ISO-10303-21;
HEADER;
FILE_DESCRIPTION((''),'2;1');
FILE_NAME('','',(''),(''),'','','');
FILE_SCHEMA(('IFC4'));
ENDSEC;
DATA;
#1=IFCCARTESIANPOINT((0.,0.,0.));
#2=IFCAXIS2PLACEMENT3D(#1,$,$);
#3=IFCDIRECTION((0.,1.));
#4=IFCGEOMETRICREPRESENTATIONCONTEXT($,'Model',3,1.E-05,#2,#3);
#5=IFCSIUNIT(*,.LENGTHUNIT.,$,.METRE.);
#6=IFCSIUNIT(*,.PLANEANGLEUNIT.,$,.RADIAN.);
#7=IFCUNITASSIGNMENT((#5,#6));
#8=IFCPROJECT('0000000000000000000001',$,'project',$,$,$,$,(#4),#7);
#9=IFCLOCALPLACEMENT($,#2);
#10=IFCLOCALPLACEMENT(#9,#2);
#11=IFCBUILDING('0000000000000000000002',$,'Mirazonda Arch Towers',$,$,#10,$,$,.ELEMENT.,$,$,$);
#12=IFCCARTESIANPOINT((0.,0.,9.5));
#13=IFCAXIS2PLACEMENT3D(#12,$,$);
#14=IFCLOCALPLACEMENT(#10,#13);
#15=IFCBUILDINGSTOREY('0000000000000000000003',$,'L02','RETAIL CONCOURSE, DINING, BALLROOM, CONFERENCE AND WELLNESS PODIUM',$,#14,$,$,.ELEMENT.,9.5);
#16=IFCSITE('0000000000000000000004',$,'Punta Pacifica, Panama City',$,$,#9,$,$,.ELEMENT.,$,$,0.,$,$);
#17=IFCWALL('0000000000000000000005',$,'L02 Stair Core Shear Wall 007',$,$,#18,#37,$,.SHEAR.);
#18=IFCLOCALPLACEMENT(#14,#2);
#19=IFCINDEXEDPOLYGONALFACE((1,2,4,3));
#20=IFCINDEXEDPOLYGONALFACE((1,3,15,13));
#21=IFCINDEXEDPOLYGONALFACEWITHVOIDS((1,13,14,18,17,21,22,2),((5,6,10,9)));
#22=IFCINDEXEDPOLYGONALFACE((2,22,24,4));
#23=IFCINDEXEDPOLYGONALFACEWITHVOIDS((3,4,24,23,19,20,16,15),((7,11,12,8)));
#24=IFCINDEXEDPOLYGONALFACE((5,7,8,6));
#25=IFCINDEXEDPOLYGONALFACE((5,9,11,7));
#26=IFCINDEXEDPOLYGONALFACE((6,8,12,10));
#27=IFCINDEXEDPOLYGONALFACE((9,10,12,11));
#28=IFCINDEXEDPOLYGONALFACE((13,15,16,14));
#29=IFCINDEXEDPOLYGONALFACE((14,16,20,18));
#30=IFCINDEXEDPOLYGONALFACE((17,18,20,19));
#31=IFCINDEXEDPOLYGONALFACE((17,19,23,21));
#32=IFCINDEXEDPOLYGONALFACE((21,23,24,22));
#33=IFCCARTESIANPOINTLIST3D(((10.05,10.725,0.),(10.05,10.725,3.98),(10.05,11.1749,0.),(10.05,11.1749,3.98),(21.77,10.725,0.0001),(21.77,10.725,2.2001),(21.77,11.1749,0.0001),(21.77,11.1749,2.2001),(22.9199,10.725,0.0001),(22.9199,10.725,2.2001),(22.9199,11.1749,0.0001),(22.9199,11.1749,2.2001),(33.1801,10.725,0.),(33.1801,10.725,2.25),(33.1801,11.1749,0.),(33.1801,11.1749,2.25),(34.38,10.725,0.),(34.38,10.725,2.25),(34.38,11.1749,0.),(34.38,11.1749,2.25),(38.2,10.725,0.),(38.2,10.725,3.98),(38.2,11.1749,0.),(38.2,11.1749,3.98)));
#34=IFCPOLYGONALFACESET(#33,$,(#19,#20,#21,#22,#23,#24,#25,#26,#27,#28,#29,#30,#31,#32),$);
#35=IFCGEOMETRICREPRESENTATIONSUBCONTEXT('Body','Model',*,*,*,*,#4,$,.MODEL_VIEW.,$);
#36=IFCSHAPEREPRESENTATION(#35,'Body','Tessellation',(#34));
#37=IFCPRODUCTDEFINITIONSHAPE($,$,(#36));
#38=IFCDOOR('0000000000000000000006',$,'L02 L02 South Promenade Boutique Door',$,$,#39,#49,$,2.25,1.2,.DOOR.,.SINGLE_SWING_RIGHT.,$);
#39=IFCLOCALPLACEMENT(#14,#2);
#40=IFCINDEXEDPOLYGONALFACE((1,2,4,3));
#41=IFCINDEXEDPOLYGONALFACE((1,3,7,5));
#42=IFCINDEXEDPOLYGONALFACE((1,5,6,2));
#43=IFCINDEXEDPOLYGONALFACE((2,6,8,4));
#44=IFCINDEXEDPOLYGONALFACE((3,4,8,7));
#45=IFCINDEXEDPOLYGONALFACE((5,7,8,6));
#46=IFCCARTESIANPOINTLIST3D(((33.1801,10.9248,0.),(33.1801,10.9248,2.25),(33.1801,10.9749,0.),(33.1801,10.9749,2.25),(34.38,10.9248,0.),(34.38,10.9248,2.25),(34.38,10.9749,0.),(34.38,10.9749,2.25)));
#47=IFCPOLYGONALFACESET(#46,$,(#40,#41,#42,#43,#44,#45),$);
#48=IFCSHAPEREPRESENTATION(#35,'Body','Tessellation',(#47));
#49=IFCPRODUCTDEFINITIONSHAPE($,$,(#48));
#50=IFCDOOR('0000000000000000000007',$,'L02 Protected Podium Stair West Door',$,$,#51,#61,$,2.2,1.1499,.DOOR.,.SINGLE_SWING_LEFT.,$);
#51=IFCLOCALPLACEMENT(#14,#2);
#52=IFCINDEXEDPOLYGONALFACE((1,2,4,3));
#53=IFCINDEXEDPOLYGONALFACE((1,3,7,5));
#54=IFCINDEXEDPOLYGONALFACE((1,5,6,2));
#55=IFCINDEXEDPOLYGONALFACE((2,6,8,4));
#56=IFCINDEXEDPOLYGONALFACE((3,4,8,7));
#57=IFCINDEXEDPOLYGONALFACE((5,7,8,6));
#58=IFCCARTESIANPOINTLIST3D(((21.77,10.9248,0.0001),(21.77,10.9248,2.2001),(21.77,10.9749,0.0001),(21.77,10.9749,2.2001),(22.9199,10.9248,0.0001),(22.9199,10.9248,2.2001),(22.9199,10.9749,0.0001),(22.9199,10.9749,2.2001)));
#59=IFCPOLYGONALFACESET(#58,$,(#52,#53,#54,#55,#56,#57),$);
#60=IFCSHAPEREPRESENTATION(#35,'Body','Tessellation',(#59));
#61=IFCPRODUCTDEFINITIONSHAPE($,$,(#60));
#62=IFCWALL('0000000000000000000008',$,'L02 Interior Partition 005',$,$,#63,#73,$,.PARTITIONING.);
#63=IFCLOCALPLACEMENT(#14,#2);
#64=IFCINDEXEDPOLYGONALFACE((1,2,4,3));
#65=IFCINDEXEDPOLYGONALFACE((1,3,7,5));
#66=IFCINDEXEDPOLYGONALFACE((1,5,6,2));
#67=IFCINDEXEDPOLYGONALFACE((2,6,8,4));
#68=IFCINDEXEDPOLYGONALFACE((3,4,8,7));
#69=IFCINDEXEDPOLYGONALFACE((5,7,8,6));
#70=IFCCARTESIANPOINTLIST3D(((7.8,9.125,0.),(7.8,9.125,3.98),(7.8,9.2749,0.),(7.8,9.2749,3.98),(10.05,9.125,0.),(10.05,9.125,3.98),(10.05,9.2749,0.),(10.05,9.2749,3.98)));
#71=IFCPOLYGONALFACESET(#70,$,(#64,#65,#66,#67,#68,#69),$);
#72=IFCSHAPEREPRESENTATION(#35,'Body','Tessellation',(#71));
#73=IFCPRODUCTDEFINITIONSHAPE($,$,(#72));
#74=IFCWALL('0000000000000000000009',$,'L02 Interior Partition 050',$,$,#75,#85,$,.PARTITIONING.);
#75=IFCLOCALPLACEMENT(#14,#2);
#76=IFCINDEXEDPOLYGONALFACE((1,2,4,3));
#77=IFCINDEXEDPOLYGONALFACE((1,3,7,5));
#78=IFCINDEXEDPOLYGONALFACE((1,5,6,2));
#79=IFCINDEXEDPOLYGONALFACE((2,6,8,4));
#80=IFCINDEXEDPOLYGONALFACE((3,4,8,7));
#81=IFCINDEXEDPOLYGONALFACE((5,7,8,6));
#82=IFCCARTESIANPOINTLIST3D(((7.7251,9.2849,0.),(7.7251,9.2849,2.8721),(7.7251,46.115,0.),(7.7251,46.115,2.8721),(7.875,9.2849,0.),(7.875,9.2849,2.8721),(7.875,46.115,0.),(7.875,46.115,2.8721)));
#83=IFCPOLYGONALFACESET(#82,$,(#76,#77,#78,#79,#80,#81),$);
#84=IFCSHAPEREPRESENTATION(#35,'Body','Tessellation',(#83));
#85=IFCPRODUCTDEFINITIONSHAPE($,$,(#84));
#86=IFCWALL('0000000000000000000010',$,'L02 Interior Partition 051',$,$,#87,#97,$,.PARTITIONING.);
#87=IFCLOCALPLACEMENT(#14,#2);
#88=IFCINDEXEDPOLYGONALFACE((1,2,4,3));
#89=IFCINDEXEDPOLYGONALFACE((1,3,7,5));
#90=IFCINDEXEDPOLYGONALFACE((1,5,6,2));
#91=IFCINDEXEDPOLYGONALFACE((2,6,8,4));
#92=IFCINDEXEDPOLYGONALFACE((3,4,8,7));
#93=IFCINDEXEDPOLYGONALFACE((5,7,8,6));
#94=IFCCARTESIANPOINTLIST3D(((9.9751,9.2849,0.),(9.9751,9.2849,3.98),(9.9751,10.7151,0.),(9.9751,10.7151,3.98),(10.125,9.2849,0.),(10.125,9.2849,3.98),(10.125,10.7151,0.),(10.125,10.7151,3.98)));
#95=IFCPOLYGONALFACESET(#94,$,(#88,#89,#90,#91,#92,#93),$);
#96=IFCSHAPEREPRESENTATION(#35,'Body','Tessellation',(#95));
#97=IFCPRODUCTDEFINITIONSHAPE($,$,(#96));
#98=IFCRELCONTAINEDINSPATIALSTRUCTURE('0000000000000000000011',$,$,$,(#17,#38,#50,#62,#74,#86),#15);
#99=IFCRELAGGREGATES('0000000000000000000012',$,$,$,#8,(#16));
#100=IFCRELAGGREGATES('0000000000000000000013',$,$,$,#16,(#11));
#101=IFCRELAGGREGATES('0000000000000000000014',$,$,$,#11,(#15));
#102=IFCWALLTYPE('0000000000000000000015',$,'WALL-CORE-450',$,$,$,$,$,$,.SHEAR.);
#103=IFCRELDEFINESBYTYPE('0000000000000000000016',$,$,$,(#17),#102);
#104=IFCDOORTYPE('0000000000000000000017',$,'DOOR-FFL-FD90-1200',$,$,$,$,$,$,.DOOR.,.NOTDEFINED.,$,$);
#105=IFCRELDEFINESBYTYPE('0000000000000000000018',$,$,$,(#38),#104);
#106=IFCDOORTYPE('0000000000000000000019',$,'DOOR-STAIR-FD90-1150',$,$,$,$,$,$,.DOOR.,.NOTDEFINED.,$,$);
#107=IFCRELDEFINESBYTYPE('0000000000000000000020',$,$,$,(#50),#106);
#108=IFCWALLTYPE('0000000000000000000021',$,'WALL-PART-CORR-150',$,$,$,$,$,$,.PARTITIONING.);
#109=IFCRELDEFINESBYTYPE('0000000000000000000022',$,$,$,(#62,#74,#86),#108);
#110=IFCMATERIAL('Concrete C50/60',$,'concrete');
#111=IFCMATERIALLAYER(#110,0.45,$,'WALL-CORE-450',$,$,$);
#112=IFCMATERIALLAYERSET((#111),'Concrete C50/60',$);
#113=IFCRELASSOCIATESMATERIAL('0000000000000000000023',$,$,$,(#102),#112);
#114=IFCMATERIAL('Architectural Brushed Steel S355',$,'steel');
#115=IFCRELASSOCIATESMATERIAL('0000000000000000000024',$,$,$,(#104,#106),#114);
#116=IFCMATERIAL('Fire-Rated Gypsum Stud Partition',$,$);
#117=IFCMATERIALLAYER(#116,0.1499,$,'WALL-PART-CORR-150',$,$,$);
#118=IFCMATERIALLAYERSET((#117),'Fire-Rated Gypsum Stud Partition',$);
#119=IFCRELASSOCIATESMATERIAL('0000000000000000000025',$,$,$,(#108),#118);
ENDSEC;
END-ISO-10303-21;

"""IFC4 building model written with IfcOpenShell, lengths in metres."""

from ifc_helpers import new_model, si_unit, direction, frame, frame_2d, origin, place, context, subcontext, project, spatial, rectangle, extrude, material, layer, layer_set, type_object, element, fill, save


model = new_model("IFC4")

# Units and contexts
model_context = context("Model", 3, precision=1e-05, world=origin(), true_north=direction((0.0, 1.0)))
body_context = subcontext(model_context, "Body", "Model", "MODEL_VIEW")
ifc_project = project(units=[si_unit("LENGTHUNIT", "METRE"), si_unit("PLANEANGLEUNIT", "RADIAN")], contexts=[model_context])

# Site, building, storey
site_placement = place(None, origin())
site = spatial("IfcSite", under=ifc_project, at=site_placement, Name="Punta Pacifica, Panama City", CompositionType="ELEMENT", RefElevation=0.0)
building_placement = place(site_placement, origin())
building = spatial("IfcBuilding", under=site, at=building_placement, Name="Mirazonda Arch Towers", CompositionType="ELEMENT")
storey_placement = place(building_placement, frame((0.0, 0.0, 9.5)))
storey = spatial("IfcBuildingStorey", under=building, at=storey_placement, Name="L02", Description="RETAIL CONCOURSE, DINING, BALLROOM, CONFERENCE AND WELLNESS PODIUM", CompositionType="ELEMENT", Elevation=9.5)

# Shared definitions
ifc_material_1 = material(Name="Concrete C50/60", Category="concrete")

# Wall, openings, doors
ifc_layer_1 = layer(ifc_material_1, 0.45, Name="WALL-CORE-450")
ifc_layer_set_1 = layer_set([ifc_layer_1], Name="Concrete C50/60")
wall_type_1 = type_object("IfcWallType", Name="WALL-CORE-450", PredefinedType="SHEAR", material=ifc_layer_set_1)
wall_1_placement = place(storey_placement, frame((10.05, 10.95, 0.0), z_axis=(0.0, 0.0, 1.0), x_axis=(1.0, 0.0, 0.0)))
wall_1 = element("IfcWall", 1, at=wall_1_placement, inside=storey, type_object=wall_type_1, Name="L02 Stair Core Shear Wall 007", PredefinedType="SHEAR", context=body_context, shape_type="SweptSolid", body=[
    extrude(rectangle(XDim=28.1499, YDim=0.45, at=frame_2d((14.075, 0.0))), origin(), (0.0, 0.0, 1.0), 3.98),
])
opening_1_placement = place(wall_1_placement, frame((11.72, 0.0, 0.0)))
opening_1 = element("IfcOpeningElement", 2, at=opening_1_placement, cuts=wall_1, PredefinedType="OPENING", context=body_context, shape_type="SweptSolid", body=[
    extrude(rectangle(XDim=1.1499, YDim=2.2, at=frame_2d((0.575, 1.1001))), frame((0.0, 0.2349, 0.0), z_axis=(0.0, -1.0, 0.0), x_axis=(1.0, 0.0, 0.0)), (0.0, 0.0, 1.0), 0.47),
])
opening_2_placement = place(wall_1_placement, frame((23.1299, 0.0, 0.0)))
opening_2 = element("IfcOpeningElement", 3, at=opening_2_placement, cuts=wall_1, PredefinedType="OPENING", context=body_context, shape_type="SweptSolid", body=[
    extrude(rectangle(XDim=1.2, YDim=2.25, at=frame_2d((0.6001, 1.125))), frame((0.0, 0.2349, 0.0), z_axis=(0.0, -1.0, 0.0), x_axis=(1.0, 0.0, 0.0)), (0.0, 0.0, 1.0), 0.47),
])
ifc_material_2 = material(Name="Architectural Brushed Steel S355", Category="steel")
door_type_1 = type_object("IfcDoorType", Name="DOOR-FFL-FD90-1200", OperationType="NOTDEFINED", PredefinedType="DOOR", material=ifc_material_2)
door_1_placement = place(opening_2_placement, origin())
door_1 = element("IfcDoor", 4, at=door_1_placement, inside=storey, type_object=door_type_1, Name="L02 L02 South Promenade Boutique Door", OperationType="SINGLE_SWING_RIGHT", OverallHeight=2.25, OverallWidth=1.2, PredefinedType="DOOR", context=body_context, shape_type="SweptSolid", body=[
    extrude(rectangle(XDim=1.2, YDim=2.25, at=frame_2d((0.6001, 1.125))), frame((0.0, 0.0249, 0.0), z_axis=(0.0, -1.0, 0.0), x_axis=(1.0, 0.0, 0.0)), (0.0, 0.0, 1.0), 0.05),
])
fill(opening_2, door_1)
door_type_2 = type_object("IfcDoorType", Name="DOOR-STAIR-FD90-1150", OperationType="NOTDEFINED", PredefinedType="DOOR", material=ifc_material_2)
door_2_placement = place(opening_1_placement, origin())
door_2 = element("IfcDoor", 5, at=door_2_placement, inside=storey, type_object=door_type_2, Name="L02 Protected Podium Stair West Door", OperationType="SINGLE_SWING_LEFT", OverallHeight=2.2, OverallWidth=1.1499, PredefinedType="DOOR", context=body_context, shape_type="SweptSolid", body=[
    extrude(rectangle(XDim=1.1499, YDim=2.2, at=frame_2d((0.575, 1.1001))), frame((0.0, 0.0249, 0.0), z_axis=(0.0, -1.0, 0.0), x_axis=(1.0, 0.0, 0.0)), (0.0, 0.0, 1.0), 0.05),
])
fill(opening_1, door_2)

# Walls
ifc_material_3 = material(Name="Fire-Rated Gypsum Stud Partition")
ifc_layer_2 = layer(ifc_material_3, 0.1499, Name="WALL-PART-CORR-150")
ifc_layer_set_2 = layer_set([ifc_layer_2], Name="Fire-Rated Gypsum Stud Partition")
wall_type_2 = type_object("IfcWallType", Name="WALL-PART-CORR-150", PredefinedType="PARTITIONING", material=ifc_layer_set_2)
wall_2_placement = place(storey_placement, frame((7.8, 9.2, 0.0), z_axis=(0.0, 0.0, 1.0), x_axis=(1.0, 0.0, 0.0)))
element("IfcWall", 6, at=wall_2_placement, inside=storey, type_object=wall_type_2, Name="L02 Interior Partition 005", PredefinedType="PARTITIONING", context=body_context, shape_type="SweptSolid", body=[
    extrude(rectangle(XDim=2.25, YDim=0.1499, at=frame_2d((1.125, 0.0))), origin(), (0.0, 0.0, 1.0), 3.98),
])
wall_3_placement = place(storey_placement, frame((7.8, 9.2849, 0.0), z_axis=(0.0, 0.0, 1.0), x_axis=(0.0, 1.0, 0.0)))
element("IfcWall", 7, at=wall_3_placement, inside=storey, type_object=wall_type_2, Name="L02 Interior Partition 050", PredefinedType="PARTITIONING", context=body_context, shape_type="SweptSolid", body=[
    extrude(rectangle(XDim=36.8301, YDim=0.1499, at=frame_2d((18.415, 0.0))), origin(), (0.0, 0.0, 1.0), 2.8721),
])
wall_4_placement = place(storey_placement, frame((10.05, 9.2849, 0.0), z_axis=(0.0, 0.0, 1.0), x_axis=(0.0, 1.0, 0.0)))
element("IfcWall", 8, at=wall_4_placement, inside=storey, type_object=wall_type_2, Name="L02 Interior Partition 051", PredefinedType="PARTITIONING", context=body_context, shape_type="SweptSolid", body=[
    extrude(rectangle(XDim=1.4302, YDim=0.1499, at=frame_2d((0.7151, 0.0))), origin(), (0.0, 0.0, 1.0), 3.98),
])

save(model, "model.ifc")
